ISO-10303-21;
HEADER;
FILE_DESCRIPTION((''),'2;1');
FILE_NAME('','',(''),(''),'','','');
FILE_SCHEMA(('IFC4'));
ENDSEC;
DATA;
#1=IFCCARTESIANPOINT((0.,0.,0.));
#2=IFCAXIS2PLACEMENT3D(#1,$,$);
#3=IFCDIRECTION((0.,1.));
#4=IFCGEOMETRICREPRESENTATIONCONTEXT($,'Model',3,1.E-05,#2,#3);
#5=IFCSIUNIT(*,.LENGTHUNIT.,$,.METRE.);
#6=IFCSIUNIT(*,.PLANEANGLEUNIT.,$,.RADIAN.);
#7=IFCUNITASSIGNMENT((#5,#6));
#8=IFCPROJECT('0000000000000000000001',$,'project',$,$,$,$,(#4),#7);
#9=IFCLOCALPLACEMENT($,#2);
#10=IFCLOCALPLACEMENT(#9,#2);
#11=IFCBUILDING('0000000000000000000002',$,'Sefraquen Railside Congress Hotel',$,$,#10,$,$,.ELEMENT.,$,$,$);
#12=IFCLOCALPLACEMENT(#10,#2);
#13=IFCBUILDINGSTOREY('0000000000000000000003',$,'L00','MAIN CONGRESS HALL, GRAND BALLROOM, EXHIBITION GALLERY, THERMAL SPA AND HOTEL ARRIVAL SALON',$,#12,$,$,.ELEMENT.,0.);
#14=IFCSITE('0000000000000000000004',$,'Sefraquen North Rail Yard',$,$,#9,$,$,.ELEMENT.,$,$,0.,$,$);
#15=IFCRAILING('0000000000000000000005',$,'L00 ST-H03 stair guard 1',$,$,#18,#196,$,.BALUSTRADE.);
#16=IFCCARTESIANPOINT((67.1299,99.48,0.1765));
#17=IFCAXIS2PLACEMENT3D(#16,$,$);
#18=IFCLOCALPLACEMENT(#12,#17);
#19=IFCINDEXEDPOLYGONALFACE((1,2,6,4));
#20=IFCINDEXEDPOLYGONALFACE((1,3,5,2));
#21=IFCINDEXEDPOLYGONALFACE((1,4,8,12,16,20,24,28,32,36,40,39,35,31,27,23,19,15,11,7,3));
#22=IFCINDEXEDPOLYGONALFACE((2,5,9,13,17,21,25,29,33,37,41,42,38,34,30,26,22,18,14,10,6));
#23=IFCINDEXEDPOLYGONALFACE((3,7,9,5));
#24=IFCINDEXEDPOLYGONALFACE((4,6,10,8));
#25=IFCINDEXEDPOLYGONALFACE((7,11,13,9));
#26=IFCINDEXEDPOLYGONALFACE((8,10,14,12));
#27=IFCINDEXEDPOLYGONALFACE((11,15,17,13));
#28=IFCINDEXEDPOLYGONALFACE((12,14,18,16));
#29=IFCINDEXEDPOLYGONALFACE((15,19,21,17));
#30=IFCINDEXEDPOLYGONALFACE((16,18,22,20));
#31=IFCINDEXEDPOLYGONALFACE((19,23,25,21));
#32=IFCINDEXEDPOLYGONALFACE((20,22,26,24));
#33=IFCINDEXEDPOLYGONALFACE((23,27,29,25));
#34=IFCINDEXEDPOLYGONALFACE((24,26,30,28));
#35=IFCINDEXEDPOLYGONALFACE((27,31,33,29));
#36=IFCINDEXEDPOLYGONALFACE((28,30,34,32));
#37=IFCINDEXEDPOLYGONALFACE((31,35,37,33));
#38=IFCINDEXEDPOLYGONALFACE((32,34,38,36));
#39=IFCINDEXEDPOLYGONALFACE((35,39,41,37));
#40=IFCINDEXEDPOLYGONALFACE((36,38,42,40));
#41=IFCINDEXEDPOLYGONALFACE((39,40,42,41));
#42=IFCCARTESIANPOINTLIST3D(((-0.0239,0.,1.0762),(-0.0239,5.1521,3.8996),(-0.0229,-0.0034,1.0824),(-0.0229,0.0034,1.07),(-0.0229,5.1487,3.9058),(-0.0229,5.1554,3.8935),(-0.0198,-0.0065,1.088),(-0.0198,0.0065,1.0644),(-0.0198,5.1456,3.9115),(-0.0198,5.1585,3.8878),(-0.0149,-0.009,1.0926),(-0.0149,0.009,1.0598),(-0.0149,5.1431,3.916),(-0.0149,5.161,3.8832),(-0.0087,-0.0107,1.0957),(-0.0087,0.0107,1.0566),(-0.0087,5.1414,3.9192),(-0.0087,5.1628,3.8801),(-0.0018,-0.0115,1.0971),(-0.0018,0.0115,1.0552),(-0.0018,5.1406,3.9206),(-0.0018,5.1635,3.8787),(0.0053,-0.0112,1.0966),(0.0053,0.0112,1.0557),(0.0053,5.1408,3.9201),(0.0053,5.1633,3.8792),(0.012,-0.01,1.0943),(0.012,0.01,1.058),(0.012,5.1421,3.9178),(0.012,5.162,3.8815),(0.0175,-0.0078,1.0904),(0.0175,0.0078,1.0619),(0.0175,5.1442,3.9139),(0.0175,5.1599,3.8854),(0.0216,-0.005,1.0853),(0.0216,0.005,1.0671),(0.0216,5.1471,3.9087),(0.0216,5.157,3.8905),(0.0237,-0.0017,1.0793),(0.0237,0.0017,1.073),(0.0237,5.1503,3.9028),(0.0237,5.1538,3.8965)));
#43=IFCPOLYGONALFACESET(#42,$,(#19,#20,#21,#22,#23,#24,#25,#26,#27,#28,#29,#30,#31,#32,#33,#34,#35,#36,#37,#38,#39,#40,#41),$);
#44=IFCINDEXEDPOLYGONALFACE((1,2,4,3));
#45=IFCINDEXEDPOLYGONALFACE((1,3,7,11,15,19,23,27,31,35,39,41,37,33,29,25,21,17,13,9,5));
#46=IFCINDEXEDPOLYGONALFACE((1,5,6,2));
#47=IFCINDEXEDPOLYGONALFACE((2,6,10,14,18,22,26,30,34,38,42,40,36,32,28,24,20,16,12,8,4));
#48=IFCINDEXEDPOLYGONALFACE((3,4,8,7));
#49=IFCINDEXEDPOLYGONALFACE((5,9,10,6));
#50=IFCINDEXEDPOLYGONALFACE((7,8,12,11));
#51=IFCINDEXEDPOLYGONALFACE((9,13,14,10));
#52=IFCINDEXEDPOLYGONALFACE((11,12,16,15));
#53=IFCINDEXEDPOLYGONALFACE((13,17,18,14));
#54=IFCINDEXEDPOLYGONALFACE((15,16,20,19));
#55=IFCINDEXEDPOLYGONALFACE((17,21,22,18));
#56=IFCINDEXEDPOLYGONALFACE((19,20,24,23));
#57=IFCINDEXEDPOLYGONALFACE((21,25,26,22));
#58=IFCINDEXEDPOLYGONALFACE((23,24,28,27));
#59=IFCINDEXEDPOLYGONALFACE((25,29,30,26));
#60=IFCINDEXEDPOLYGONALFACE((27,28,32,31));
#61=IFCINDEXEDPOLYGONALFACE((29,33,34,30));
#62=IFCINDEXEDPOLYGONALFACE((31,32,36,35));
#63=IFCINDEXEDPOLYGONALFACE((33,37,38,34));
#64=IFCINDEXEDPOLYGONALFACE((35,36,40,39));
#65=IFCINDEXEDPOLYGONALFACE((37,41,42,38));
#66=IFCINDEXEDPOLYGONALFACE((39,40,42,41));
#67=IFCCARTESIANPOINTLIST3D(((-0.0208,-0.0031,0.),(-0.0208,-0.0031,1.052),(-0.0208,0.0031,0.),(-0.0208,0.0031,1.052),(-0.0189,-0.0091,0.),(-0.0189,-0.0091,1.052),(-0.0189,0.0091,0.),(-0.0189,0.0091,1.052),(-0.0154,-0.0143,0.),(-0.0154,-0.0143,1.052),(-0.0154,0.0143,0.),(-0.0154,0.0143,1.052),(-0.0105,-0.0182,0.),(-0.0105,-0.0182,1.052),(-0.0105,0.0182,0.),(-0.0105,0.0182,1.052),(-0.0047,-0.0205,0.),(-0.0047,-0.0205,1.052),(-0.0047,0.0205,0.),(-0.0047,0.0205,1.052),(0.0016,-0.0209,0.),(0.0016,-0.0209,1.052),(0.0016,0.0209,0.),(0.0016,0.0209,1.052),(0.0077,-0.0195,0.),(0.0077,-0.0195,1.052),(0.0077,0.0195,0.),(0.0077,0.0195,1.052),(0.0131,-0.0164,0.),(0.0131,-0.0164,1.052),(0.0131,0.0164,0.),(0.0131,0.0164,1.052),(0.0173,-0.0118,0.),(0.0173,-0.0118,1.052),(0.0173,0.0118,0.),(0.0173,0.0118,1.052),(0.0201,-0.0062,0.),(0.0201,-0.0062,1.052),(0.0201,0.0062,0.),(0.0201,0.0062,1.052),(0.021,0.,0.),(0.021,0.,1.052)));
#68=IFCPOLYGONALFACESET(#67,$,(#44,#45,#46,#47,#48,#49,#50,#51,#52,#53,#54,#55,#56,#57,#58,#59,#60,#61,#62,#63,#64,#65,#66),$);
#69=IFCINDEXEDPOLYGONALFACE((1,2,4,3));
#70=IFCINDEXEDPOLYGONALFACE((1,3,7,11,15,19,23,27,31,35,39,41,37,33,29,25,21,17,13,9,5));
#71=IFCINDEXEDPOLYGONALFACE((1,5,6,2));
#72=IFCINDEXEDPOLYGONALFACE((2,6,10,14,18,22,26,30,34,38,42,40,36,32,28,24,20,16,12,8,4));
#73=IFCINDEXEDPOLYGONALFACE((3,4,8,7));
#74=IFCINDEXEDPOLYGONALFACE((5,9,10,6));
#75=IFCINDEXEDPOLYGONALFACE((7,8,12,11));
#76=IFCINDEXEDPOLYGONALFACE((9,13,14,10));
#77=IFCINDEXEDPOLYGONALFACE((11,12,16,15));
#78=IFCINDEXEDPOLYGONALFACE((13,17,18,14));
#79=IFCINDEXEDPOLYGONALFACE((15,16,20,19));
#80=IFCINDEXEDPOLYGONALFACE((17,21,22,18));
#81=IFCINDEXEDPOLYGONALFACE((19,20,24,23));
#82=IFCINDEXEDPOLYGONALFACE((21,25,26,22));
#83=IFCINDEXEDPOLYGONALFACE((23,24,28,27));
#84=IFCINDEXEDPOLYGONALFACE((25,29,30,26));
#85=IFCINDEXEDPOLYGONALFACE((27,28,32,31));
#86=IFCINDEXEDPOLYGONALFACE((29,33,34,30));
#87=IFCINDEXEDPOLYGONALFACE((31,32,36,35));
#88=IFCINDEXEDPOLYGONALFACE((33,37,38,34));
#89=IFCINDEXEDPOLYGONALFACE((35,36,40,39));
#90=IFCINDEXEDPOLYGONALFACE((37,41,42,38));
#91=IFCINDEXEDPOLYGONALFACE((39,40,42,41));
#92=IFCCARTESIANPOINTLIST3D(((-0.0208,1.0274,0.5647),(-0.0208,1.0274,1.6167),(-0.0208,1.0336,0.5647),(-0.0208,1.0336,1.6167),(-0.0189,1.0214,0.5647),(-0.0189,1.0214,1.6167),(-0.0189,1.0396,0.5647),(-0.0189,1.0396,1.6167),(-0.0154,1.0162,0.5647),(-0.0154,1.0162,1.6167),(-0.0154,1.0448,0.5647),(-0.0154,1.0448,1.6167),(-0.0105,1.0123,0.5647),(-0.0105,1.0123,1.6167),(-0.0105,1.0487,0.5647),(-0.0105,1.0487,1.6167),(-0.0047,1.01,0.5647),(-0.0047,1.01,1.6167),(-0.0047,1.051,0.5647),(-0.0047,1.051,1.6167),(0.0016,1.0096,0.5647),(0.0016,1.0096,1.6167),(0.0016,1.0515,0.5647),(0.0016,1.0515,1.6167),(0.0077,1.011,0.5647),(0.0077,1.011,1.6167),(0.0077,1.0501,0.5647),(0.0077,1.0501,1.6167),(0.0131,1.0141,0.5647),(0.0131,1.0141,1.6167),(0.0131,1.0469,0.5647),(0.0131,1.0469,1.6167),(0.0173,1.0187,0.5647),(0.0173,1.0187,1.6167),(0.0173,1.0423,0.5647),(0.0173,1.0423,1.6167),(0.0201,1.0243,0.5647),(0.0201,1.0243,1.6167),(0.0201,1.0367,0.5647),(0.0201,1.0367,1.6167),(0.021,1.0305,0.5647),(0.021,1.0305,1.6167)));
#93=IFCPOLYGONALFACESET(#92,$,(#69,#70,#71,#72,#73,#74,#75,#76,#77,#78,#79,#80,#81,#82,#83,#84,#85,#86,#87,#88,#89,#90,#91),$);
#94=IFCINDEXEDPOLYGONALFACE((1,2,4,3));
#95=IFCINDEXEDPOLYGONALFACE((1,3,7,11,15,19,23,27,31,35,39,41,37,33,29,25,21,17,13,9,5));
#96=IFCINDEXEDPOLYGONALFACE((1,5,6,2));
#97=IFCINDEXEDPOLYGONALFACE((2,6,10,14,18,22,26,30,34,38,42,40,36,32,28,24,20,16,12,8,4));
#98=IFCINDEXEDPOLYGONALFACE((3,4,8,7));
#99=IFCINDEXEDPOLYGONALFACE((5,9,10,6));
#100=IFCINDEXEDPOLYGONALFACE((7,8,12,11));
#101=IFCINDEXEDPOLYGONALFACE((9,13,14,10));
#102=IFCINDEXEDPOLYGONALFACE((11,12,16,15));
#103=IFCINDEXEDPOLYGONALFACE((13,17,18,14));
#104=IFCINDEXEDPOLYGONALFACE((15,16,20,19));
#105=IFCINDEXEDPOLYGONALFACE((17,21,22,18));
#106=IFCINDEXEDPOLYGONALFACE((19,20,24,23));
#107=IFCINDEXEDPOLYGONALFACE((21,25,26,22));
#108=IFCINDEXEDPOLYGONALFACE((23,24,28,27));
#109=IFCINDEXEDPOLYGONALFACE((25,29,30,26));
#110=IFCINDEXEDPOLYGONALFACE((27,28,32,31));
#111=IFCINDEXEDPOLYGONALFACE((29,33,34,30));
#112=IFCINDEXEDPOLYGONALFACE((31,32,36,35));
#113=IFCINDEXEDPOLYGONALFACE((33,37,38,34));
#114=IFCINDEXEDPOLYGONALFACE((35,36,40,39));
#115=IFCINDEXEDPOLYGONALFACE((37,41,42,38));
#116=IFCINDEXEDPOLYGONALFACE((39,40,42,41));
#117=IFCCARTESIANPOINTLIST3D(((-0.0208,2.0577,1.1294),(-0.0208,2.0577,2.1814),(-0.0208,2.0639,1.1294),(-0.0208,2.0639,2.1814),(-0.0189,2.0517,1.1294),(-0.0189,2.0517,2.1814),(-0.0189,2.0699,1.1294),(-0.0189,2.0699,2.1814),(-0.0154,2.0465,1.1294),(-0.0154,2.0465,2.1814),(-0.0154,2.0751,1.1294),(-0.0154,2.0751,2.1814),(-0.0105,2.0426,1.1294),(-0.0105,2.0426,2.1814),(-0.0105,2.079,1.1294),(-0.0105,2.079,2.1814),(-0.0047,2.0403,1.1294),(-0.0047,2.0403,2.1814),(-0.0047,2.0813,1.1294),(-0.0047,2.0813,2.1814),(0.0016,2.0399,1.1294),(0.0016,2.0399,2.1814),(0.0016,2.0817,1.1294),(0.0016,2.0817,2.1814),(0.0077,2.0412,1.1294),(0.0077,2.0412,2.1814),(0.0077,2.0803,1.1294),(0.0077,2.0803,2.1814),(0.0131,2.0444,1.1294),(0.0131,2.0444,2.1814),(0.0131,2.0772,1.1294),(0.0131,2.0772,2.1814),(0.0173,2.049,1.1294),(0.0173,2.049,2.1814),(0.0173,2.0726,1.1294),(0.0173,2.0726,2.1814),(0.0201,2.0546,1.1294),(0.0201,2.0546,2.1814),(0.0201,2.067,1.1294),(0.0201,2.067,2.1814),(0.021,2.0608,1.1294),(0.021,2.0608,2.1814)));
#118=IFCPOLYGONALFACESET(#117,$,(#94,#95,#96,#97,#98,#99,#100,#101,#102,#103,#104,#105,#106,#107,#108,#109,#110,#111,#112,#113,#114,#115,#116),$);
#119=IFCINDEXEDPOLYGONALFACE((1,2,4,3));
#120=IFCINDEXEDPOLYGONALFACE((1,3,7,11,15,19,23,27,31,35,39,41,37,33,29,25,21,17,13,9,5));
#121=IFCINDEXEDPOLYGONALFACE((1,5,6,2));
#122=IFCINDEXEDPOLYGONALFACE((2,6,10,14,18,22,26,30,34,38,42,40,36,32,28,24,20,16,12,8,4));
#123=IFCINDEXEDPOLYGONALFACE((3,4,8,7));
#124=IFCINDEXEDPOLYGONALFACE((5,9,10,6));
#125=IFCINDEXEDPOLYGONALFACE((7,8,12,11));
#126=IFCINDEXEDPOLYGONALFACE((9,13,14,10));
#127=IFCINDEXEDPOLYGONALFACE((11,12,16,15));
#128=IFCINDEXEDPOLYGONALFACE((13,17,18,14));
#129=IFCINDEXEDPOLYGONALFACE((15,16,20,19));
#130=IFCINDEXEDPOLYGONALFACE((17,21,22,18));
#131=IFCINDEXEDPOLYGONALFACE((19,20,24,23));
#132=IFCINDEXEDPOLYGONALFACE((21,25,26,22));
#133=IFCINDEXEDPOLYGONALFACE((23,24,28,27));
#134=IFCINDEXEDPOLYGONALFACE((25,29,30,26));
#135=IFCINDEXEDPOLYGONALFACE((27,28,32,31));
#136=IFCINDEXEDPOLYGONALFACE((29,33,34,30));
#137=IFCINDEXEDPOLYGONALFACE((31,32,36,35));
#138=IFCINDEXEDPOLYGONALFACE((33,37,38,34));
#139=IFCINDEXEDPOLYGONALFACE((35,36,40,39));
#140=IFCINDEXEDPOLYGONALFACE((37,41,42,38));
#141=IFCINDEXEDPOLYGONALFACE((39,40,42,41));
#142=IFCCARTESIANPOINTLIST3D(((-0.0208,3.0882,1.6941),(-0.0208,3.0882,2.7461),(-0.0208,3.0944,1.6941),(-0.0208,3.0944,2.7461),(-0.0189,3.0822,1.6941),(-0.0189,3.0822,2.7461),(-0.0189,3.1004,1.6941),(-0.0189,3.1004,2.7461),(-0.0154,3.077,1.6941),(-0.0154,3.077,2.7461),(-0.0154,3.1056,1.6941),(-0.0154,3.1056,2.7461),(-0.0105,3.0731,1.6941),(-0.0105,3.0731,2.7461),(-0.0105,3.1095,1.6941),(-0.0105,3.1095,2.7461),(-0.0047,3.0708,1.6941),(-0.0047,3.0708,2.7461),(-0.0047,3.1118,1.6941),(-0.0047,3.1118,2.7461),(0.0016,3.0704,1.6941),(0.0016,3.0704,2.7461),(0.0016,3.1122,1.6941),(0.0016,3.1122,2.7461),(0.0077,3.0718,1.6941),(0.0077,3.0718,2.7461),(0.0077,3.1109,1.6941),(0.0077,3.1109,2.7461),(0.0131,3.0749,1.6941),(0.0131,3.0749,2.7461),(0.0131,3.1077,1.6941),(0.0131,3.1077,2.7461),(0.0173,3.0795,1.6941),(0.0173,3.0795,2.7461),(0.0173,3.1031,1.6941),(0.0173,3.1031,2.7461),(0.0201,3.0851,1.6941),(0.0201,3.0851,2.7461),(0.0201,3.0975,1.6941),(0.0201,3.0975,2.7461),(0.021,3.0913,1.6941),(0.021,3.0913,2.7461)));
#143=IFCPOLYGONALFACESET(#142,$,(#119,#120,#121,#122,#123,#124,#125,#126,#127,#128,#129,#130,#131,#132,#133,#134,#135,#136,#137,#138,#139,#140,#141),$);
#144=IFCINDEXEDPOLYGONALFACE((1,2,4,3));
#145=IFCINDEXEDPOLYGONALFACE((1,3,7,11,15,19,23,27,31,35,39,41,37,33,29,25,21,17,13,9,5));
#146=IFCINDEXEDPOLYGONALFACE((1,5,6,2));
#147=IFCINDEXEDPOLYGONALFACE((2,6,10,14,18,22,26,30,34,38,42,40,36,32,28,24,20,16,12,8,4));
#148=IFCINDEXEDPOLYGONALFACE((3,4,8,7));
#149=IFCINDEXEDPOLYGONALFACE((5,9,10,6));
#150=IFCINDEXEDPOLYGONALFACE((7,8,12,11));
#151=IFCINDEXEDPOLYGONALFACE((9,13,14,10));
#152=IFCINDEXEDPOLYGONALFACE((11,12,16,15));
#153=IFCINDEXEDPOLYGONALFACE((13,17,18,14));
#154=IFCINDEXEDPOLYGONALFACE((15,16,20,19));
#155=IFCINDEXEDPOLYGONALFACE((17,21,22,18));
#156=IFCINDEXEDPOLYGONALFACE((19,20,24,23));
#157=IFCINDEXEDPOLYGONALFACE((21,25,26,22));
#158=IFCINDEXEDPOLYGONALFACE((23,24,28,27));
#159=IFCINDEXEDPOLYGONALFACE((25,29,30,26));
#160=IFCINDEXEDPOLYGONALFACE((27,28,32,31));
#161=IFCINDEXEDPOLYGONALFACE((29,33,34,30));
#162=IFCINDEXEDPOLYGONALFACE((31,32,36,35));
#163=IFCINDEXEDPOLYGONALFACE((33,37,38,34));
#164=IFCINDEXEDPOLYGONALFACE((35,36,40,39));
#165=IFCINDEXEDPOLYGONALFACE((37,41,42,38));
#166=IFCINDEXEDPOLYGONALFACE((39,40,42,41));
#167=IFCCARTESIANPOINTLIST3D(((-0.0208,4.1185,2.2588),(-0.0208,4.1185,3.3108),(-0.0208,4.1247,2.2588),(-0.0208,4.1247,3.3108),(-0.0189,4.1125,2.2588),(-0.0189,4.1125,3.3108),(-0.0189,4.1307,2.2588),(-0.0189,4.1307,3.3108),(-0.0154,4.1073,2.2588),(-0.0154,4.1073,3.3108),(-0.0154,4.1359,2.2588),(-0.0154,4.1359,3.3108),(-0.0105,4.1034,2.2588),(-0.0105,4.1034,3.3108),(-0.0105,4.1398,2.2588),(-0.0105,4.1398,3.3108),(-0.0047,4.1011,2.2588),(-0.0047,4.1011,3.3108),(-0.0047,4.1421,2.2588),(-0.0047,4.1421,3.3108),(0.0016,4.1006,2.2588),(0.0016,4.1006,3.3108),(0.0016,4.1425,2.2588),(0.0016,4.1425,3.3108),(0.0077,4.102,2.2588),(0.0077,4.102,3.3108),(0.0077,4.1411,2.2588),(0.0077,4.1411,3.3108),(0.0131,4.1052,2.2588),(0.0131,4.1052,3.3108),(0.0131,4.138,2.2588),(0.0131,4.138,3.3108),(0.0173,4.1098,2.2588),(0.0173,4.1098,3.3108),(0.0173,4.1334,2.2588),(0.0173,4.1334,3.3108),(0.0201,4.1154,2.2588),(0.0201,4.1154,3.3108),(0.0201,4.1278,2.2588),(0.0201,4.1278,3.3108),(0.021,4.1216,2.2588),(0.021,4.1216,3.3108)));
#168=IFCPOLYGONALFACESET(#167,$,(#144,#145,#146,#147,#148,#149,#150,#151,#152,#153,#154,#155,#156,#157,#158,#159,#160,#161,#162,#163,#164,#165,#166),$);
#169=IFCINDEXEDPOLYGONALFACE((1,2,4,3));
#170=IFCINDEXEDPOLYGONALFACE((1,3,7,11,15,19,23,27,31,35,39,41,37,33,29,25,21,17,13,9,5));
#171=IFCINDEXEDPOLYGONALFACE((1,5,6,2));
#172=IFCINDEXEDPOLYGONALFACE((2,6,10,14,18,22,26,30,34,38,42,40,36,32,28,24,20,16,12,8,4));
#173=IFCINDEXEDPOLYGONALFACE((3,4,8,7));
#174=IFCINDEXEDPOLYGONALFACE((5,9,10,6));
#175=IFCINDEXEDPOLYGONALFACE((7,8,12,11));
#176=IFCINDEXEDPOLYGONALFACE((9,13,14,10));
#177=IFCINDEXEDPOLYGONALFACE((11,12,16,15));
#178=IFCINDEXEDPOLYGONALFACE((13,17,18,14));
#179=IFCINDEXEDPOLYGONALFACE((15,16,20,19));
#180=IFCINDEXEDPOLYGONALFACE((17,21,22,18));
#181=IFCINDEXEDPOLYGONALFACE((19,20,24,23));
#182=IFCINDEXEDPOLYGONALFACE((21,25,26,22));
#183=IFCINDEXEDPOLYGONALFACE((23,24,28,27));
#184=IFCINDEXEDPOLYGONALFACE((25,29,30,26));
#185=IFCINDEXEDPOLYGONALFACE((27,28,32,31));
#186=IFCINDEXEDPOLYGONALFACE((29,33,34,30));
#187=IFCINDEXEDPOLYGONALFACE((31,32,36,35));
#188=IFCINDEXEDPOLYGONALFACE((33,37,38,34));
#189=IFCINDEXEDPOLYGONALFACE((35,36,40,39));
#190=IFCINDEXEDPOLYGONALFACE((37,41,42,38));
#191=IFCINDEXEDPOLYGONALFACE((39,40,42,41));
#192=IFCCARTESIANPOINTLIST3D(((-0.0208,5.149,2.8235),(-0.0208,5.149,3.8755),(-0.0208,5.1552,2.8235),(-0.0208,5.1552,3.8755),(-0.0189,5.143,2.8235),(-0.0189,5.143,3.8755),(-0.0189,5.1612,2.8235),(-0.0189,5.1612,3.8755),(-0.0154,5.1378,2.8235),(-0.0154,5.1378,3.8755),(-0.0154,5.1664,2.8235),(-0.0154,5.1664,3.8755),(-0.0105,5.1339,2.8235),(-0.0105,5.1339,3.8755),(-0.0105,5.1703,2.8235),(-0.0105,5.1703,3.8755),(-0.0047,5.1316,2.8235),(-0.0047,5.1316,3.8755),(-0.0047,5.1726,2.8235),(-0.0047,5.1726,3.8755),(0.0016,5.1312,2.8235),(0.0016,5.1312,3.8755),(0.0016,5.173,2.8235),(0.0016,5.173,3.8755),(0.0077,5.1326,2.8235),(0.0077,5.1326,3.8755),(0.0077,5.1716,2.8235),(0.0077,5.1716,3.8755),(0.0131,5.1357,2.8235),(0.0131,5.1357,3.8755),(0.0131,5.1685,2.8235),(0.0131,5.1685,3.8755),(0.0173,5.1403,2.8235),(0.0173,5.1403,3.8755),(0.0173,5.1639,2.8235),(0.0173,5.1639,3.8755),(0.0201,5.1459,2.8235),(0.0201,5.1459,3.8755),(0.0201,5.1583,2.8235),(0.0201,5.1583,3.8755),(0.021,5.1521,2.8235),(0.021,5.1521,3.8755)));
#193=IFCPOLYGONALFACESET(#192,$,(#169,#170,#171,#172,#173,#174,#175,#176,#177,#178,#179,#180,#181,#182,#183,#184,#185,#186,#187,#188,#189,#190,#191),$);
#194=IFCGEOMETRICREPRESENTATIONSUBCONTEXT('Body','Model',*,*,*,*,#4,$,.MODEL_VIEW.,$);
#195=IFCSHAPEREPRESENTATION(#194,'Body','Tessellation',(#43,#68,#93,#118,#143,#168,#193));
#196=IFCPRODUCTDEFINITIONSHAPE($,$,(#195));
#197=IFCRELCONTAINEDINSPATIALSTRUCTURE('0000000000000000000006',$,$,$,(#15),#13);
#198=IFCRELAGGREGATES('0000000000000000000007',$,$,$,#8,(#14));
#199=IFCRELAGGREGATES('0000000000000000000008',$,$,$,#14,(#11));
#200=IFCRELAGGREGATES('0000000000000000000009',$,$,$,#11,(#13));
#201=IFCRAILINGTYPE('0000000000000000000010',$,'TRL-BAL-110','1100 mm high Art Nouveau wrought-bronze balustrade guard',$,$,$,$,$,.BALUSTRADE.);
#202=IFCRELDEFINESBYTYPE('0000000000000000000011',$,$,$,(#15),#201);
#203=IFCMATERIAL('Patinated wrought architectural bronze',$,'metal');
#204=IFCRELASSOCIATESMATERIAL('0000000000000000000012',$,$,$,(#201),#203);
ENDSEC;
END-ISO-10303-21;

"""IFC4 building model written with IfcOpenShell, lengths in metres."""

from ifc_helpers import new_model, si_unit, direction, frame, origin, origin_2d, place, context, subcontext, project, spatial, circle, extrude, material, type_object, element, save


model = new_model("IFC4")

# Units and contexts
model_context = context("Model", 3, precision=1e-05, world=origin(), true_north=direction((0.0, 1.0)))
body_context = subcontext(model_context, "Body", "Model", "MODEL_VIEW")
ifc_project = project(units=[si_unit("LENGTHUNIT", "METRE"), si_unit("PLANEANGLEUNIT", "RADIAN")], contexts=[model_context])

# Site, building, storey
site_placement = place(None, origin())
site = spatial("IfcSite", under=ifc_project, at=site_placement, Name="Sefraquen North Rail Yard", CompositionType="ELEMENT", RefElevation=0.0)
building_placement = place(site_placement, origin())
building = spatial("IfcBuilding", under=site, at=building_placement, Name="Sefraquen Railside Congress Hotel", CompositionType="ELEMENT")
storey_placement = place(building_placement, origin())
storey = spatial("IfcBuildingStorey", under=building, at=storey_placement, Name="L00", Description="MAIN CONGRESS HALL, GRAND BALLROOM, EXHIBITION GALLERY, THERMAL SPA AND HOTEL ARRIVAL SALON", CompositionType="ELEMENT", Elevation=0.0)

# Railing
ifc_material_1 = material(Name="Patinated wrought architectural bronze", Category="metal")
railing_type_1 = type_object("IfcRailingType", Name="TRL-BAL-110", Description="1100 mm high Art Nouveau wrought-bronze balustrade guard", PredefinedType="BALUSTRADE", material=ifc_material_1)
railing_1_placement = place(storey_placement, frame((67.1299, 99.48, 0.1765)))
element("IfcRailing", 1, at=railing_1_placement, inside=storey, type_object=railing_type_1, Name="L00 ST-H03 stair guard 1", PredefinedType="BALUSTRADE", context=body_context, shape_type="SweptSolid", body=[
    extrude(circle(Radius=0.0239, at=origin_2d()), frame((0.0, 0.0, 1.0762), z_axis=(0.0, 0.876946, 0.480589), x_axis=(-1.0, 0.0, 0.0)), (0.0, 0.0, 1.0), 5.875),
    extrude(circle(Radius=0.021, at=origin_2d()), origin(), (0.0, 0.0, 1.0), 1.052),
    extrude(circle(Radius=0.021, at=origin_2d()), frame((0.0, 1.0305, 0.5647)), (0.0, 0.0, 1.0), 1.052),
    extrude(circle(Radius=0.021, at=origin_2d()), frame((0.0, 2.0608, 1.1294)), (0.0, 0.0, 1.0), 1.052),
    extrude(circle(Radius=0.021, at=origin_2d()), frame((0.0, 3.0913, 1.6941)), (0.0, 0.0, 1.0), 1.052),
    extrude(circle(Radius=0.021, at=origin_2d()), frame((0.0, 4.1216, 2.2588)), (0.0, 0.0, 1.0), 1.052),
    extrude(circle(Radius=0.021, at=origin_2d()), frame((0.0, 5.1521, 2.8235)), (0.0, 0.0, 1.0), 1.052),
])

save(model, "model.ifc")
